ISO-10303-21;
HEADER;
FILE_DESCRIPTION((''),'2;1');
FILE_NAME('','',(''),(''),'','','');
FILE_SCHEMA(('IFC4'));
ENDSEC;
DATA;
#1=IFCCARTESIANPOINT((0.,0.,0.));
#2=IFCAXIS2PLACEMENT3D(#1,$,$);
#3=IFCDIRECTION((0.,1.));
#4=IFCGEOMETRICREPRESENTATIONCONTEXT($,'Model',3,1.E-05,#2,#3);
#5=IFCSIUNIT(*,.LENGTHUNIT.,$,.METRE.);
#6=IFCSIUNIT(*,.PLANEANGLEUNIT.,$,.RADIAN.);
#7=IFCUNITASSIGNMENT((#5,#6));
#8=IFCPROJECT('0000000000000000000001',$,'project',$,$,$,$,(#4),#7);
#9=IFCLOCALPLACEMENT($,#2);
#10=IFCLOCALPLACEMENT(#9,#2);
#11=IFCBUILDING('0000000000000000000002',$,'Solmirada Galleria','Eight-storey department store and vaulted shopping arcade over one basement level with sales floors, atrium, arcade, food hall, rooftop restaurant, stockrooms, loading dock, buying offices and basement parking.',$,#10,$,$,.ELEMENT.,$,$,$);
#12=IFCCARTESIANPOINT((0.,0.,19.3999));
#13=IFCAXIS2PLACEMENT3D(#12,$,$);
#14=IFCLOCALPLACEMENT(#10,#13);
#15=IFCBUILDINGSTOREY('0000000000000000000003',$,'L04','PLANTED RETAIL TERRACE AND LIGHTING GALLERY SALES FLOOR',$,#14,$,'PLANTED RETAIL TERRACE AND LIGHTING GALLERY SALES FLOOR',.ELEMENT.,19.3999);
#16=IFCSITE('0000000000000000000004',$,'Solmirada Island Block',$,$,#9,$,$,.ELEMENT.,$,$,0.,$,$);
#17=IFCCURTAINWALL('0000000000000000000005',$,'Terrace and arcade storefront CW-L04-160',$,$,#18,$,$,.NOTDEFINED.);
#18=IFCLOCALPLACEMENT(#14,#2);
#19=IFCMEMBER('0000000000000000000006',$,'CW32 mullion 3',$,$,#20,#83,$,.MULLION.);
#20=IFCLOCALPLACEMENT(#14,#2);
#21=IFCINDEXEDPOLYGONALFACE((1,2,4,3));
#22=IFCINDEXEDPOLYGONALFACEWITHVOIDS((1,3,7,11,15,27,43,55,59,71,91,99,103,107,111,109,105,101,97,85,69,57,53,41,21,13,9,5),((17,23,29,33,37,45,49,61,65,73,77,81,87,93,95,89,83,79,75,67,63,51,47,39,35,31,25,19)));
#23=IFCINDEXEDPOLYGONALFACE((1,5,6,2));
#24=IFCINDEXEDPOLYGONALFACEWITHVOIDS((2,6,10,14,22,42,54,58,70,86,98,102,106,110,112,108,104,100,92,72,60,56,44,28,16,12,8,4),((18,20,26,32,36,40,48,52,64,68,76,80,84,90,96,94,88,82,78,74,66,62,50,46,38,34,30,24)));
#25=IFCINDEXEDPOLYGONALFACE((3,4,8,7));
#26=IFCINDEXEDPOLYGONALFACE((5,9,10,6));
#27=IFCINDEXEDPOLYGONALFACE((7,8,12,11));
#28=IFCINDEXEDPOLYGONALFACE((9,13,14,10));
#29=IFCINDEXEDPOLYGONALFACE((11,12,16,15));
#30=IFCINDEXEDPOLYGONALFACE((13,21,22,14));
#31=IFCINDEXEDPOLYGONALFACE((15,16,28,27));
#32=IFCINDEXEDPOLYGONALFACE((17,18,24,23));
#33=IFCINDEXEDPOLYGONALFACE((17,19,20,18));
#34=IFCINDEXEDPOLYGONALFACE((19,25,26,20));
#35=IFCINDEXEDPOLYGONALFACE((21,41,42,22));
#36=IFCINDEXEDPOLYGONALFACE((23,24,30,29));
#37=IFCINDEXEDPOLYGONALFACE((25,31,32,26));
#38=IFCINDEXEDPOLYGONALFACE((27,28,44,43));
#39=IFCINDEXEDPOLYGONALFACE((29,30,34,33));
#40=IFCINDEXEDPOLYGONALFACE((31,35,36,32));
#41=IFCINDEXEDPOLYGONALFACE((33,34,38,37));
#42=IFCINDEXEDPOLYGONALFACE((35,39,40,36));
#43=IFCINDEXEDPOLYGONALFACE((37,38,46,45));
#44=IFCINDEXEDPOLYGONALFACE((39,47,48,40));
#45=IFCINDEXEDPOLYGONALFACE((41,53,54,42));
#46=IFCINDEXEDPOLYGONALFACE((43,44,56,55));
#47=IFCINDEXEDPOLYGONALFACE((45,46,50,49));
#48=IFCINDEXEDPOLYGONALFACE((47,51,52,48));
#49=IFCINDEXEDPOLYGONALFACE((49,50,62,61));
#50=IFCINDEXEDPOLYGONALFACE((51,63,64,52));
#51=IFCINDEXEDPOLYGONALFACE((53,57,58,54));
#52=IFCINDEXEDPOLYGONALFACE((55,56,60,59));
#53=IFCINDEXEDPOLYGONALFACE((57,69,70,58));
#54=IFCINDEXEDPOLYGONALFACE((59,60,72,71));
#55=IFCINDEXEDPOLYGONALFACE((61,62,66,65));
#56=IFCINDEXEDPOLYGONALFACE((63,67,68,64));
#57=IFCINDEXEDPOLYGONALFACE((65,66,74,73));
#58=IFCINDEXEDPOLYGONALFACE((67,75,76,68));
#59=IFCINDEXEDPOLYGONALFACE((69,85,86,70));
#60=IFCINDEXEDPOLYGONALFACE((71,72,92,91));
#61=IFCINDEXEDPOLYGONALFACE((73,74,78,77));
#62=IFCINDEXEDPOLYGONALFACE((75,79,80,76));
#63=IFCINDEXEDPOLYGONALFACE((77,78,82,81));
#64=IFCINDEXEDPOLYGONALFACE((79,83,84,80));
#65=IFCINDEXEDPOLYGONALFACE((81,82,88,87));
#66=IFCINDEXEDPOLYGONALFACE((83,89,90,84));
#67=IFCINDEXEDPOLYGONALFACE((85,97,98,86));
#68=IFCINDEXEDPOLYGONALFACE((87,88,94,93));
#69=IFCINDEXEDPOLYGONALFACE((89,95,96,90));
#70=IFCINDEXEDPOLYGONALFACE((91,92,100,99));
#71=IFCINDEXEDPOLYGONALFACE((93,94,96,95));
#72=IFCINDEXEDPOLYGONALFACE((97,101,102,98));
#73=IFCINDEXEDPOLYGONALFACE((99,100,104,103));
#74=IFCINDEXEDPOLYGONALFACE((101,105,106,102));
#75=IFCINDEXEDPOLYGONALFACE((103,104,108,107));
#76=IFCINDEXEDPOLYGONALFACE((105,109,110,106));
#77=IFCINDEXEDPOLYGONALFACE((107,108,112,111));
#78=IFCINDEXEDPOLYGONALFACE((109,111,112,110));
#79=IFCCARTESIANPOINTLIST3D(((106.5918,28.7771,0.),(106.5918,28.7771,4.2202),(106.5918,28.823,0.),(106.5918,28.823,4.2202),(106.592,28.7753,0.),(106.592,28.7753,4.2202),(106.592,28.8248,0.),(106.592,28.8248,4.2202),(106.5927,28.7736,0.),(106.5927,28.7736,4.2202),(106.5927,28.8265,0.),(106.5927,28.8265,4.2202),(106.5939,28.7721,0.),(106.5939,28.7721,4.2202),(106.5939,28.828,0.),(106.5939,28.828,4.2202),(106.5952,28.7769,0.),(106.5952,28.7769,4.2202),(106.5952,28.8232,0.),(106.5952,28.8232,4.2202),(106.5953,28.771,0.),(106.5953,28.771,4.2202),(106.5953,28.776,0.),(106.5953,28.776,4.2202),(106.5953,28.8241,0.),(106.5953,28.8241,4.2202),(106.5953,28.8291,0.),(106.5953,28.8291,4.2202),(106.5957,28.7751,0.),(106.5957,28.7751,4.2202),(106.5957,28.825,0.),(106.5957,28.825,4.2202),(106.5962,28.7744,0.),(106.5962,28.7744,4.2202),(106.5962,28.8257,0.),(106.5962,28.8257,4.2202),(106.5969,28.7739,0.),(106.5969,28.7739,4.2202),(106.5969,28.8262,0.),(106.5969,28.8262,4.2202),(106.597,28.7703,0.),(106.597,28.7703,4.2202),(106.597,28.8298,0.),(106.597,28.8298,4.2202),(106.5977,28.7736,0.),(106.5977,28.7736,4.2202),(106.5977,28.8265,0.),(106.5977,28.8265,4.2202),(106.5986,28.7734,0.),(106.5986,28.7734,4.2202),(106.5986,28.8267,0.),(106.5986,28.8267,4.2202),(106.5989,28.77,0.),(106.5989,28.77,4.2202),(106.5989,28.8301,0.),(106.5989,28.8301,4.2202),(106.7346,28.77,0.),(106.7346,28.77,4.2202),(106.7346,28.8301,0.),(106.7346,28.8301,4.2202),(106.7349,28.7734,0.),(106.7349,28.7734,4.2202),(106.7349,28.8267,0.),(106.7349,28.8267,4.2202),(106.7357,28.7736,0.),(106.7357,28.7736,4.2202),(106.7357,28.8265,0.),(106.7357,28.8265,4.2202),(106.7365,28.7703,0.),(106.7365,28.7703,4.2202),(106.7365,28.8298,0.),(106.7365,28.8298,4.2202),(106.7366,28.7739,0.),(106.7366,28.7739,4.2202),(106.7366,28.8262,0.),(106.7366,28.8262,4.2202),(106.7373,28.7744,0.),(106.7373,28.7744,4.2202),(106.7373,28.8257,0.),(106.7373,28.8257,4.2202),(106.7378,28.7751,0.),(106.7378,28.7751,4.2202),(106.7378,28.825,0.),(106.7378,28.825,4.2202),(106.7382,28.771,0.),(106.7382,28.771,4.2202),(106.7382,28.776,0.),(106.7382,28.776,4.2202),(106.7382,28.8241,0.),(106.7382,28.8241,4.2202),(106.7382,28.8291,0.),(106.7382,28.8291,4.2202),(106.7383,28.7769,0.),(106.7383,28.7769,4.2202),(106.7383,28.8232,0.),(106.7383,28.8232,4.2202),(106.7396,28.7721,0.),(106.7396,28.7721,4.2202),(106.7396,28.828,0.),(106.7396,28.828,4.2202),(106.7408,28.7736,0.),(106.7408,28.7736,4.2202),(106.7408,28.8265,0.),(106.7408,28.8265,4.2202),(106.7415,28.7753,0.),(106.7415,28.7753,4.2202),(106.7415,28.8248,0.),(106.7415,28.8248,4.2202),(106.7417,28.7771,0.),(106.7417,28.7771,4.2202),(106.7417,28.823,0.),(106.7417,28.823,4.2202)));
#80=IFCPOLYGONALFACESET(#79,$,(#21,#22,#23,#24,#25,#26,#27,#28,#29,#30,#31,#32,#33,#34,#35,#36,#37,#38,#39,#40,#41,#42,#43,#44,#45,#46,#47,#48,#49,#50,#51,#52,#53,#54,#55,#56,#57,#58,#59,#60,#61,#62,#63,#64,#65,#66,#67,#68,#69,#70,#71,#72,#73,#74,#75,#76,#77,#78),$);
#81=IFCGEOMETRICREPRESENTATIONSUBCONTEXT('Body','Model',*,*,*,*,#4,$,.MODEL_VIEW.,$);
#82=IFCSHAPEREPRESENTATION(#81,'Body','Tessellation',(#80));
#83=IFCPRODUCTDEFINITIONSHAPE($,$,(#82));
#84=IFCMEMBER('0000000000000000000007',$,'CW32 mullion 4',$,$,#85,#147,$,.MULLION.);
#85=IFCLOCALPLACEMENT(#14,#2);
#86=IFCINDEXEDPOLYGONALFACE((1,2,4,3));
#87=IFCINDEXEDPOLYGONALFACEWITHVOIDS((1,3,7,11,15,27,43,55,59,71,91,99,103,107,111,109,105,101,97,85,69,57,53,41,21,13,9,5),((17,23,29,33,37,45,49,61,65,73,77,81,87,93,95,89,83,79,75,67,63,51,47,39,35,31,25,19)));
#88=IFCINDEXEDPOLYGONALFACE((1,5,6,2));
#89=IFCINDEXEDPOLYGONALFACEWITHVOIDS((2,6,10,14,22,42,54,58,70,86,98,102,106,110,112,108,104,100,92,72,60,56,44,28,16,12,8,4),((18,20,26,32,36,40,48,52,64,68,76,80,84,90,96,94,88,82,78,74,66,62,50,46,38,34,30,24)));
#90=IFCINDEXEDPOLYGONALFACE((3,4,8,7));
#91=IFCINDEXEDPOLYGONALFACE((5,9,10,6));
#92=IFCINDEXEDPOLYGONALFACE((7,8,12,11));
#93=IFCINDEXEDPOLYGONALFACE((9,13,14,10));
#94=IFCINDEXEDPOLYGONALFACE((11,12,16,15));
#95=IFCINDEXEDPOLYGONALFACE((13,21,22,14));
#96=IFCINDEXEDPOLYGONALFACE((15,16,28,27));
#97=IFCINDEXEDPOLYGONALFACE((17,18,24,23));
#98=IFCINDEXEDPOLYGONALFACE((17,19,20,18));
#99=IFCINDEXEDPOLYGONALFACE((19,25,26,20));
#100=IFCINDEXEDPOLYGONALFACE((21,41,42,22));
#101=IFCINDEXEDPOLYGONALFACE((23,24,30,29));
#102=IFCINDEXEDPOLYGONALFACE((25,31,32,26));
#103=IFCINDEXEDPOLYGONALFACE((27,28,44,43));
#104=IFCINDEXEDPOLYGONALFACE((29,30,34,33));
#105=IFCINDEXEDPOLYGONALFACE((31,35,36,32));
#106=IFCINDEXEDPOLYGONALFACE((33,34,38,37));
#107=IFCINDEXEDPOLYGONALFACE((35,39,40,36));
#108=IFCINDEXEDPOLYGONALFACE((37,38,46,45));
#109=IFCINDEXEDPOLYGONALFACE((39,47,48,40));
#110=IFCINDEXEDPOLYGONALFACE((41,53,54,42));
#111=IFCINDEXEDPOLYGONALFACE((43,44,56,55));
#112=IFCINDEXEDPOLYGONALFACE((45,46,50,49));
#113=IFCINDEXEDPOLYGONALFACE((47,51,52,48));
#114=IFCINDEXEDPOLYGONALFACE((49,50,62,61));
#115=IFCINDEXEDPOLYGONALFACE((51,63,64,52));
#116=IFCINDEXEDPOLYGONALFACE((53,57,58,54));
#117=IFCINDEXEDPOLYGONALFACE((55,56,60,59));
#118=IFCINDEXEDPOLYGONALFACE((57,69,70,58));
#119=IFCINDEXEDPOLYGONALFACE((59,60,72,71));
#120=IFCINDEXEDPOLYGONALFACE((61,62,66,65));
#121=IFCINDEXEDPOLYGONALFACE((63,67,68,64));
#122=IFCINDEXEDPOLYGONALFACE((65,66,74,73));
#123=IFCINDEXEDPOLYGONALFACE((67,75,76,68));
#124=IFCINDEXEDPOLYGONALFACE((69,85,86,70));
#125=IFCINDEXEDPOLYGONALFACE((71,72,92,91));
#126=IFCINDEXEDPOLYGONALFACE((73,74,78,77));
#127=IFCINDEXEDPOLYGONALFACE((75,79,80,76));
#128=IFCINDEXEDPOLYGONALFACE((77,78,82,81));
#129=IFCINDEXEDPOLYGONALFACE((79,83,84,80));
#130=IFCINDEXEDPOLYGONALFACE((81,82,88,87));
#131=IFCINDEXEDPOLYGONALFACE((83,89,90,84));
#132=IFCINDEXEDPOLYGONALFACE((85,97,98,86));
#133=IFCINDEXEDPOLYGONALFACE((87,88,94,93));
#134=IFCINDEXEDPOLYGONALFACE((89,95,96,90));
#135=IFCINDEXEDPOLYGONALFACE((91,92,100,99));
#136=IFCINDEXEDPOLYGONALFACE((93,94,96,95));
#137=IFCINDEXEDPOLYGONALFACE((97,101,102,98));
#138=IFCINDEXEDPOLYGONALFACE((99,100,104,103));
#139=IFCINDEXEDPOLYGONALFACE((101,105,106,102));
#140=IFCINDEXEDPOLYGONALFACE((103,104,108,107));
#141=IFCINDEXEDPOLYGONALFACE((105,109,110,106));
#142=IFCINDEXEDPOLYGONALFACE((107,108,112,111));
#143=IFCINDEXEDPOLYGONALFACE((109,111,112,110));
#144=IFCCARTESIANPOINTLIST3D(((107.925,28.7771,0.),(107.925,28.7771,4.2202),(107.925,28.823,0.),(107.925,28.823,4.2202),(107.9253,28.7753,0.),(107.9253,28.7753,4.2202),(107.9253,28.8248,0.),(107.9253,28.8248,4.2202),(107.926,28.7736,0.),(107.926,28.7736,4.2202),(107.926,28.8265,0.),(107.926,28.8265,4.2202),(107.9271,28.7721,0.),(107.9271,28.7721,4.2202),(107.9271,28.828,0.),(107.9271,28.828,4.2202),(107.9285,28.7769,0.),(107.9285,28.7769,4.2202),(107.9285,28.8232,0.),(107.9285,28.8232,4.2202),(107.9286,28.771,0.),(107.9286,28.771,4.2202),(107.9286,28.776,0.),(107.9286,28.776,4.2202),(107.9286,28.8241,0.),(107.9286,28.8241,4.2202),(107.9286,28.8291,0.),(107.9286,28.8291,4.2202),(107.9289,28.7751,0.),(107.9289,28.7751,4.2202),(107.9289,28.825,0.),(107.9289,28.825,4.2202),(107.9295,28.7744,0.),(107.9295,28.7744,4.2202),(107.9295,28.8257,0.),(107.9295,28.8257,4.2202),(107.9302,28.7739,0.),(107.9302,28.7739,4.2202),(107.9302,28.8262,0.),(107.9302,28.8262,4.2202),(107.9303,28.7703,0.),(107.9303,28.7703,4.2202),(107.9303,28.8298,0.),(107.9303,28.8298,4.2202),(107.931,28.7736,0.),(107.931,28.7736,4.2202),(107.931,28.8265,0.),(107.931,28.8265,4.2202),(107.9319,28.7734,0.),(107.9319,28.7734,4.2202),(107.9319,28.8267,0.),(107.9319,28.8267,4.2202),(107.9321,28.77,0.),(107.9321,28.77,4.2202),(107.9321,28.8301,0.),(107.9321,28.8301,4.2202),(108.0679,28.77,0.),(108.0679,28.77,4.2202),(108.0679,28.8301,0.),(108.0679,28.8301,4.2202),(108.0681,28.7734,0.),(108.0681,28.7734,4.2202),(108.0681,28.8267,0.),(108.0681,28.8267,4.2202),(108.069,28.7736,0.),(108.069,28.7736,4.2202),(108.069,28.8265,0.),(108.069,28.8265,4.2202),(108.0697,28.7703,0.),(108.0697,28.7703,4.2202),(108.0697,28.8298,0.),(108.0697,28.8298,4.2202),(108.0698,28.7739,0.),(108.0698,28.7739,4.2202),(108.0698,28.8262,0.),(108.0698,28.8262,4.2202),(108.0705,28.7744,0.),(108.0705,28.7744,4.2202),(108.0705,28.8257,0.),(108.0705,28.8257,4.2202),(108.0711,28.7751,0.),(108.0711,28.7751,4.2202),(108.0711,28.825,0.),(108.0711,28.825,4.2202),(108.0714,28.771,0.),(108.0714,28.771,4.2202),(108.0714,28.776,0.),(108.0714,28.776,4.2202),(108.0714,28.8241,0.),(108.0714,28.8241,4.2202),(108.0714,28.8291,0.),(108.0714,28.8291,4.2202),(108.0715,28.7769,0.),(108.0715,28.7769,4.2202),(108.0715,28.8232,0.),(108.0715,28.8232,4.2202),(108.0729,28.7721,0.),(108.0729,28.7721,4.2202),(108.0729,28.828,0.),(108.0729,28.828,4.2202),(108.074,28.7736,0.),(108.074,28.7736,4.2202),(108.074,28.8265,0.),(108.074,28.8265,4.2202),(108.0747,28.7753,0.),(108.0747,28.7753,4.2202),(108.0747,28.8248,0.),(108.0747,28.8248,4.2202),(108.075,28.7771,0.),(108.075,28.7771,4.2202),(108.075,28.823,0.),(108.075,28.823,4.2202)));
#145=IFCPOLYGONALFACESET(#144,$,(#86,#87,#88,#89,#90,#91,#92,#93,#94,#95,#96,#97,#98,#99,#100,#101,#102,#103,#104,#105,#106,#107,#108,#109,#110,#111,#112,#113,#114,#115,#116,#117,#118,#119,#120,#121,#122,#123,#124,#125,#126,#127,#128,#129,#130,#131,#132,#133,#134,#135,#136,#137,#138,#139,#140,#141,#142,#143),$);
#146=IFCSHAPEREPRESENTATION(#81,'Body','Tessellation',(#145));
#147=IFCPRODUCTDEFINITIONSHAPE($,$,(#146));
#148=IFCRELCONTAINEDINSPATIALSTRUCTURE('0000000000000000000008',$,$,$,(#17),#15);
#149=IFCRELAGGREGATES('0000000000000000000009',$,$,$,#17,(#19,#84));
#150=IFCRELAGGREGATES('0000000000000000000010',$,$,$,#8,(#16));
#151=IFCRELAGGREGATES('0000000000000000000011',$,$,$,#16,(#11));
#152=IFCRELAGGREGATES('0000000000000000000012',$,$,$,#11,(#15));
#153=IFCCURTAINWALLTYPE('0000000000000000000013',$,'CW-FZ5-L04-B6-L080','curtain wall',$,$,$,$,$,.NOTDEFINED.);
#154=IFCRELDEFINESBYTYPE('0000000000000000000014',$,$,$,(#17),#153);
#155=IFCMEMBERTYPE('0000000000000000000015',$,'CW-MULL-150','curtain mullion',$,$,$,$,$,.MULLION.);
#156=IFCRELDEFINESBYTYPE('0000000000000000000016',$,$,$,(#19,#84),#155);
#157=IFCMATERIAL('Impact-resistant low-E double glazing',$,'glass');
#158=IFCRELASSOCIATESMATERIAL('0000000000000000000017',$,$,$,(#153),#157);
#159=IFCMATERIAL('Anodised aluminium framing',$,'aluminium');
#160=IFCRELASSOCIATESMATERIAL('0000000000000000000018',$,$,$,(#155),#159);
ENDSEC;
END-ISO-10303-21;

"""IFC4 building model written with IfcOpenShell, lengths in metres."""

from ifc_helpers import new_model, si_unit, direction, frame, origin, origin_2d, place, context, subcontext, project, spatial, hollow_rectangle, extrude, material, material_profile, profile_set, type_object, element, aggregate, save


model = new_model("IFC4")

# Units and contexts
model_context = context("Model", 3, precision=1e-05, world=origin(), true_north=direction((0.0, 1.0)))
body_context = subcontext(model_context, "Body", "Model", "MODEL_VIEW")
ifc_project = project(units=[si_unit("LENGTHUNIT", "METRE"), si_unit("PLANEANGLEUNIT", "RADIAN")], contexts=[model_context])

# Site, building, storey
site_placement = place(None, origin())
site = spatial("IfcSite", under=ifc_project, at=site_placement, Name="Solmirada Island Block", CompositionType="ELEMENT", RefElevation=0.0)
building_placement = place(site_placement, origin())
building = spatial("IfcBuilding", under=site, at=building_placement, Name="Solmirada Galleria", Description="Eight-storey department store and vaulted shopping arcade over one basement level with sales floors, atrium, arcade, food hall, rooftop restaurant, stockrooms, loading dock, buying offices and basement parking.", CompositionType="ELEMENT")
storey_placement = place(building_placement, frame((0.0, 0.0, 19.3999)))
storey = spatial("IfcBuildingStorey", under=building, at=storey_placement, Name="L04", Description="PLANTED RETAIL TERRACE AND LIGHTING GALLERY SALES FLOOR", LongName="PLANTED RETAIL TERRACE AND LIGHTING GALLERY SALES FLOOR", CompositionType="ELEMENT", Elevation=19.3999)

# Curtain wall, members
ifc_material_1 = material(Name="Impact-resistant low-E double glazing", Category="glass")
curtain_wall_type = type_object("IfcCurtainWallType", Name="CW-FZ5-L04-B6-L080", Description="curtain wall", PredefinedType="NOTDEFINED", material=ifc_material_1)
curtain_wall_placement = place(storey_placement, origin())
curtain_wall = element("IfcCurtainWall", 1, at=curtain_wall_placement, inside=storey, type_object=curtain_wall_type, Name="Terrace and arcade storefront CW-L04-160", PredefinedType="NOTDEFINED")
ifc_material_2 = material(Name="Anodised aluminium framing", Category="aluminium")
ifc_material_profile_1 = material_profile(ifc_material_2, hollow_rectangle(XDim=0.0601, YDim=0.1499, WallThickness=0.0034, InnerFilletRadius=0.0034, OuterFilletRadius=0.0071, at=origin_2d()), Name="ALU-MULL-150X60")
ifc_profile_set_1 = profile_set([ifc_material_profile_1], Name="Anodised aluminium framing")
member_type_1 = type_object("IfcMemberType", Name="CW-MULL-150", Description="curtain mullion", PredefinedType="MULLION", material=ifc_profile_set_1)
member_1_placement = place(storey_placement, frame((106.6667, 28.8, 0.0), z_axis=(0.0, 0.0, 1.0), x_axis=(0.0, 1.0, 0.0)))
member_1 = element("IfcMember", 2, at=member_1_placement, type_object=member_type_1, Name="CW32 mullion 3", PredefinedType="MULLION", context=body_context, shape_type="SweptSolid", body=[
    extrude(hollow_rectangle(XDim=0.0601, YDim=0.1499, WallThickness=0.0034, InnerFilletRadius=0.0034, OuterFilletRadius=0.0071, at=origin_2d()), origin(), (0.0, 0.0, 1.0), 4.2202),
])
member_2_placement = place(storey_placement, frame((108.0, 28.8, 0.0), z_axis=(0.0, 0.0, 1.0), x_axis=(0.0, 1.0, 0.0)))
member_2 = element("IfcMember", 3, at=member_2_placement, type_object=member_type_1, Name="CW32 mullion 4", PredefinedType="MULLION", context=body_context, shape_type="SweptSolid", body=[
    extrude(hollow_rectangle(XDim=0.0601, YDim=0.1499, WallThickness=0.0034, InnerFilletRadius=0.0034, OuterFilletRadius=0.0071, at=origin_2d()), origin(), (0.0, 0.0, 1.0), 4.2202),
])
aggregate(curtain_wall, [member_1, member_2])

save(model, "model.ifc")
